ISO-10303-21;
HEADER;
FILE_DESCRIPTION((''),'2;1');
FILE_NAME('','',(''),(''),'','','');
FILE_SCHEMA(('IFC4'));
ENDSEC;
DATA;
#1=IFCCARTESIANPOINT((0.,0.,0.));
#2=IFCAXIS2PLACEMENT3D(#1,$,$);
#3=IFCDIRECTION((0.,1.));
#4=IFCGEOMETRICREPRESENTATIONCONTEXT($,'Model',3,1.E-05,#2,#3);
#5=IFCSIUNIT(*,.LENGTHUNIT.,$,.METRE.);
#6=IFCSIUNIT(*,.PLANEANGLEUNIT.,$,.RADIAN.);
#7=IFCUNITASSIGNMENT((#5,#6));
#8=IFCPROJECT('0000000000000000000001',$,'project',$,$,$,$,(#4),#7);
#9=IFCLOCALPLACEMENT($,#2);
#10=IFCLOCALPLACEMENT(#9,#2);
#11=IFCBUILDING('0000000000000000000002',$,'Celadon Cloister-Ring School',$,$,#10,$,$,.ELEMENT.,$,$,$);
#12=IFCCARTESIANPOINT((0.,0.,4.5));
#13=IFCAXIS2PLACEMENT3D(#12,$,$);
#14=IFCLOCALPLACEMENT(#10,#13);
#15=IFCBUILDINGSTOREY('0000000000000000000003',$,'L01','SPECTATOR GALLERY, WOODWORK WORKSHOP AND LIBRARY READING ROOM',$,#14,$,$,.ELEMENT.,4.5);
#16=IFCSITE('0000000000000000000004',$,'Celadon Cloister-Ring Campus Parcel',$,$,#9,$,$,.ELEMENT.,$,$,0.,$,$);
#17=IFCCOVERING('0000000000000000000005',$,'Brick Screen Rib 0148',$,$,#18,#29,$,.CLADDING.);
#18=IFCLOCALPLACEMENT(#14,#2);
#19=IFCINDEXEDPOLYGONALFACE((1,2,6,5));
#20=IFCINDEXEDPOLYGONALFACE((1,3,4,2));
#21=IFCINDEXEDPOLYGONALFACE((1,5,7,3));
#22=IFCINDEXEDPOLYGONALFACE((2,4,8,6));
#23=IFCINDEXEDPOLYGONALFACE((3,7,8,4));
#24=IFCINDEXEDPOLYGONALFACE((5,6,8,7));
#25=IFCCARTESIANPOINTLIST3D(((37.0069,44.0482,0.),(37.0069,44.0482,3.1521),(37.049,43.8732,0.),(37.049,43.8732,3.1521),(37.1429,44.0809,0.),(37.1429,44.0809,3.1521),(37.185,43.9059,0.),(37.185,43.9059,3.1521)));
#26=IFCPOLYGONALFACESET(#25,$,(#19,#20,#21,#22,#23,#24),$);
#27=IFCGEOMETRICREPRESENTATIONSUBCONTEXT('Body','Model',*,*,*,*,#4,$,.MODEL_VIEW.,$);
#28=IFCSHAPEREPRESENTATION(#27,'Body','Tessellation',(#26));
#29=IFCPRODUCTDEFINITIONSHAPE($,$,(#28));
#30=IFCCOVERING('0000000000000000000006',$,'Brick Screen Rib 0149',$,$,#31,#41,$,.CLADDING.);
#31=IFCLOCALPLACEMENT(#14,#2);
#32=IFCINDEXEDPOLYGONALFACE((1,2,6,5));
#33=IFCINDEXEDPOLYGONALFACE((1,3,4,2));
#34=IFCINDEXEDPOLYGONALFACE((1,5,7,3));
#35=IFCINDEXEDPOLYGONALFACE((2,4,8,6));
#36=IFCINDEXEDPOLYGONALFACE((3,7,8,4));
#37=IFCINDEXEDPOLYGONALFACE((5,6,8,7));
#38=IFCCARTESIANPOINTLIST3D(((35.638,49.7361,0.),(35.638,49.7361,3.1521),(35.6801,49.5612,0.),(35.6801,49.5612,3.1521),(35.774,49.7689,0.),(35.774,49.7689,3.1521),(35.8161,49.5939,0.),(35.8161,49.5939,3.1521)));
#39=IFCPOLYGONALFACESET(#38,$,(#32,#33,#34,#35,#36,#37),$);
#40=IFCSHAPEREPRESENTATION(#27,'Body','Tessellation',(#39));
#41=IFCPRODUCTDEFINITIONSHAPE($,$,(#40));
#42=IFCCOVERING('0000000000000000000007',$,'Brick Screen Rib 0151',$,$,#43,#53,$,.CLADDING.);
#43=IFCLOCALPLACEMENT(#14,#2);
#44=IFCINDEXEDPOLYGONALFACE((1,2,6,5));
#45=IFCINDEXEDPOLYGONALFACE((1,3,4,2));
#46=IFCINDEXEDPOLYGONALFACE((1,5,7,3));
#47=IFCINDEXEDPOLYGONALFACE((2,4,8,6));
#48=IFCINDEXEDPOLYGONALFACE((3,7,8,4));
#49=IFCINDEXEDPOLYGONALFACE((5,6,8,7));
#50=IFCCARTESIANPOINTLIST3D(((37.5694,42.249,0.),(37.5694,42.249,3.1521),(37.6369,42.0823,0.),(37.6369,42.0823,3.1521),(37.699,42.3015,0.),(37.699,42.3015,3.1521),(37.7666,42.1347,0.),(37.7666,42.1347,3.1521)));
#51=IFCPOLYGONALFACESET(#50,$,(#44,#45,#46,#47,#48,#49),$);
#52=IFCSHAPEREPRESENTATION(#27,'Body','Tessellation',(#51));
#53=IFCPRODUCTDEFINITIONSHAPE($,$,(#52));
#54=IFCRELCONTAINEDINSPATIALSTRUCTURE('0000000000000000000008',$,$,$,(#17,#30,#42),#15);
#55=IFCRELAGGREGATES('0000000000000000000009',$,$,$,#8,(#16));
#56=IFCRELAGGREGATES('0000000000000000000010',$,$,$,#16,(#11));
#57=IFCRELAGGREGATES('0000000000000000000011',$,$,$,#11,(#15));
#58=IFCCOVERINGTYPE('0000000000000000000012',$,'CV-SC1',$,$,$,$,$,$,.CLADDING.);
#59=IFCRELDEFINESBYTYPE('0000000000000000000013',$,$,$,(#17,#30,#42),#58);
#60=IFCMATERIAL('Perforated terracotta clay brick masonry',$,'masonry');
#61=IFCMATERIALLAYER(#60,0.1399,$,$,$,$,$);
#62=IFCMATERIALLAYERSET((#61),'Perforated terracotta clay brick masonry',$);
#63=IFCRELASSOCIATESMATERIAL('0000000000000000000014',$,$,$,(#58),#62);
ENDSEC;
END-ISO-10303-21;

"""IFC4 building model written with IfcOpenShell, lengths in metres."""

from ifc_helpers import new_model, si_unit, direction, frame, origin, origin_2d, place, context, subcontext, project, spatial, rectangle, extrude, material, layer, layer_set, type_object, element, save


model = new_model("IFC4")

# Units and contexts
model_context = context("Model", 3, precision=1e-05, world=origin(), true_north=direction((0.0, 1.0)))
body_context = subcontext(model_context, "Body", "Model", "MODEL_VIEW")
ifc_project = project(units=[si_unit("LENGTHUNIT", "METRE"), si_unit("PLANEANGLEUNIT", "RADIAN")], contexts=[model_context])

# Site, building, storey
site_placement = place(None, origin())
site = spatial("IfcSite", under=ifc_project, at=site_placement, Name="Celadon Cloister-Ring Campus Parcel", CompositionType="ELEMENT", RefElevation=0.0)
building_placement = place(site_placement, origin())
building = spatial("IfcBuilding", under=site, at=building_placement, Name="Celadon Cloister-Ring School", CompositionType="ELEMENT")
storey_placement = place(building_placement, frame((0.0, 0.0, 4.5)))
storey = spatial("IfcBuildingStorey", under=building, at=storey_placement, Name="L01", Description="SPECTATOR GALLERY, WOODWORK WORKSHOP AND LIBRARY READING ROOM", CompositionType="ELEMENT", Elevation=4.5)

# Coverings
ifc_material_1 = material(Name="Perforated terracotta clay brick masonry", Category="masonry")
ifc_layer_1 = layer(ifc_material_1, 0.1399)
ifc_layer_set_1 = layer_set([ifc_layer_1], Name="Perforated terracotta clay brick masonry")
covering_type = type_object("IfcCoveringType", Name="CV-SC1", PredefinedType="CLADDING", material=ifc_layer_set_1)
for number, where, z_axis, x_axis, name in (
    (1, (37.0959, 43.9771, 0.0), (0.0, 0.0, 1.0), (-0.233988, 0.972239, 0.0), "Brick Screen Rib 0148"),
    (2, (35.7271, 49.665, 0.0), (0.0, 0.0, 1.0), (-0.233988, 0.972239, 0.0), "Brick Screen Rib 0149"),
    (3, (37.668, 42.1919, 0.0), (0.0, 0.0, 1.0), (-0.375205, 0.926942, 0.0), "Brick Screen Rib 0151"),
):
    element("IfcCovering", number, at=place(storey_placement, frame(where, z_axis=z_axis, x_axis=x_axis)), inside=storey, type_object=covering_type, Name=name, PredefinedType="CLADDING", context=body_context, shape_type="SweptSolid", body=[
        extrude(rectangle(XDim=0.1799, YDim=0.1399, at=origin_2d()), origin(), (0.0, 0.0, 1.0), 3.1521),
    ])

save(model, "model.ifc")
